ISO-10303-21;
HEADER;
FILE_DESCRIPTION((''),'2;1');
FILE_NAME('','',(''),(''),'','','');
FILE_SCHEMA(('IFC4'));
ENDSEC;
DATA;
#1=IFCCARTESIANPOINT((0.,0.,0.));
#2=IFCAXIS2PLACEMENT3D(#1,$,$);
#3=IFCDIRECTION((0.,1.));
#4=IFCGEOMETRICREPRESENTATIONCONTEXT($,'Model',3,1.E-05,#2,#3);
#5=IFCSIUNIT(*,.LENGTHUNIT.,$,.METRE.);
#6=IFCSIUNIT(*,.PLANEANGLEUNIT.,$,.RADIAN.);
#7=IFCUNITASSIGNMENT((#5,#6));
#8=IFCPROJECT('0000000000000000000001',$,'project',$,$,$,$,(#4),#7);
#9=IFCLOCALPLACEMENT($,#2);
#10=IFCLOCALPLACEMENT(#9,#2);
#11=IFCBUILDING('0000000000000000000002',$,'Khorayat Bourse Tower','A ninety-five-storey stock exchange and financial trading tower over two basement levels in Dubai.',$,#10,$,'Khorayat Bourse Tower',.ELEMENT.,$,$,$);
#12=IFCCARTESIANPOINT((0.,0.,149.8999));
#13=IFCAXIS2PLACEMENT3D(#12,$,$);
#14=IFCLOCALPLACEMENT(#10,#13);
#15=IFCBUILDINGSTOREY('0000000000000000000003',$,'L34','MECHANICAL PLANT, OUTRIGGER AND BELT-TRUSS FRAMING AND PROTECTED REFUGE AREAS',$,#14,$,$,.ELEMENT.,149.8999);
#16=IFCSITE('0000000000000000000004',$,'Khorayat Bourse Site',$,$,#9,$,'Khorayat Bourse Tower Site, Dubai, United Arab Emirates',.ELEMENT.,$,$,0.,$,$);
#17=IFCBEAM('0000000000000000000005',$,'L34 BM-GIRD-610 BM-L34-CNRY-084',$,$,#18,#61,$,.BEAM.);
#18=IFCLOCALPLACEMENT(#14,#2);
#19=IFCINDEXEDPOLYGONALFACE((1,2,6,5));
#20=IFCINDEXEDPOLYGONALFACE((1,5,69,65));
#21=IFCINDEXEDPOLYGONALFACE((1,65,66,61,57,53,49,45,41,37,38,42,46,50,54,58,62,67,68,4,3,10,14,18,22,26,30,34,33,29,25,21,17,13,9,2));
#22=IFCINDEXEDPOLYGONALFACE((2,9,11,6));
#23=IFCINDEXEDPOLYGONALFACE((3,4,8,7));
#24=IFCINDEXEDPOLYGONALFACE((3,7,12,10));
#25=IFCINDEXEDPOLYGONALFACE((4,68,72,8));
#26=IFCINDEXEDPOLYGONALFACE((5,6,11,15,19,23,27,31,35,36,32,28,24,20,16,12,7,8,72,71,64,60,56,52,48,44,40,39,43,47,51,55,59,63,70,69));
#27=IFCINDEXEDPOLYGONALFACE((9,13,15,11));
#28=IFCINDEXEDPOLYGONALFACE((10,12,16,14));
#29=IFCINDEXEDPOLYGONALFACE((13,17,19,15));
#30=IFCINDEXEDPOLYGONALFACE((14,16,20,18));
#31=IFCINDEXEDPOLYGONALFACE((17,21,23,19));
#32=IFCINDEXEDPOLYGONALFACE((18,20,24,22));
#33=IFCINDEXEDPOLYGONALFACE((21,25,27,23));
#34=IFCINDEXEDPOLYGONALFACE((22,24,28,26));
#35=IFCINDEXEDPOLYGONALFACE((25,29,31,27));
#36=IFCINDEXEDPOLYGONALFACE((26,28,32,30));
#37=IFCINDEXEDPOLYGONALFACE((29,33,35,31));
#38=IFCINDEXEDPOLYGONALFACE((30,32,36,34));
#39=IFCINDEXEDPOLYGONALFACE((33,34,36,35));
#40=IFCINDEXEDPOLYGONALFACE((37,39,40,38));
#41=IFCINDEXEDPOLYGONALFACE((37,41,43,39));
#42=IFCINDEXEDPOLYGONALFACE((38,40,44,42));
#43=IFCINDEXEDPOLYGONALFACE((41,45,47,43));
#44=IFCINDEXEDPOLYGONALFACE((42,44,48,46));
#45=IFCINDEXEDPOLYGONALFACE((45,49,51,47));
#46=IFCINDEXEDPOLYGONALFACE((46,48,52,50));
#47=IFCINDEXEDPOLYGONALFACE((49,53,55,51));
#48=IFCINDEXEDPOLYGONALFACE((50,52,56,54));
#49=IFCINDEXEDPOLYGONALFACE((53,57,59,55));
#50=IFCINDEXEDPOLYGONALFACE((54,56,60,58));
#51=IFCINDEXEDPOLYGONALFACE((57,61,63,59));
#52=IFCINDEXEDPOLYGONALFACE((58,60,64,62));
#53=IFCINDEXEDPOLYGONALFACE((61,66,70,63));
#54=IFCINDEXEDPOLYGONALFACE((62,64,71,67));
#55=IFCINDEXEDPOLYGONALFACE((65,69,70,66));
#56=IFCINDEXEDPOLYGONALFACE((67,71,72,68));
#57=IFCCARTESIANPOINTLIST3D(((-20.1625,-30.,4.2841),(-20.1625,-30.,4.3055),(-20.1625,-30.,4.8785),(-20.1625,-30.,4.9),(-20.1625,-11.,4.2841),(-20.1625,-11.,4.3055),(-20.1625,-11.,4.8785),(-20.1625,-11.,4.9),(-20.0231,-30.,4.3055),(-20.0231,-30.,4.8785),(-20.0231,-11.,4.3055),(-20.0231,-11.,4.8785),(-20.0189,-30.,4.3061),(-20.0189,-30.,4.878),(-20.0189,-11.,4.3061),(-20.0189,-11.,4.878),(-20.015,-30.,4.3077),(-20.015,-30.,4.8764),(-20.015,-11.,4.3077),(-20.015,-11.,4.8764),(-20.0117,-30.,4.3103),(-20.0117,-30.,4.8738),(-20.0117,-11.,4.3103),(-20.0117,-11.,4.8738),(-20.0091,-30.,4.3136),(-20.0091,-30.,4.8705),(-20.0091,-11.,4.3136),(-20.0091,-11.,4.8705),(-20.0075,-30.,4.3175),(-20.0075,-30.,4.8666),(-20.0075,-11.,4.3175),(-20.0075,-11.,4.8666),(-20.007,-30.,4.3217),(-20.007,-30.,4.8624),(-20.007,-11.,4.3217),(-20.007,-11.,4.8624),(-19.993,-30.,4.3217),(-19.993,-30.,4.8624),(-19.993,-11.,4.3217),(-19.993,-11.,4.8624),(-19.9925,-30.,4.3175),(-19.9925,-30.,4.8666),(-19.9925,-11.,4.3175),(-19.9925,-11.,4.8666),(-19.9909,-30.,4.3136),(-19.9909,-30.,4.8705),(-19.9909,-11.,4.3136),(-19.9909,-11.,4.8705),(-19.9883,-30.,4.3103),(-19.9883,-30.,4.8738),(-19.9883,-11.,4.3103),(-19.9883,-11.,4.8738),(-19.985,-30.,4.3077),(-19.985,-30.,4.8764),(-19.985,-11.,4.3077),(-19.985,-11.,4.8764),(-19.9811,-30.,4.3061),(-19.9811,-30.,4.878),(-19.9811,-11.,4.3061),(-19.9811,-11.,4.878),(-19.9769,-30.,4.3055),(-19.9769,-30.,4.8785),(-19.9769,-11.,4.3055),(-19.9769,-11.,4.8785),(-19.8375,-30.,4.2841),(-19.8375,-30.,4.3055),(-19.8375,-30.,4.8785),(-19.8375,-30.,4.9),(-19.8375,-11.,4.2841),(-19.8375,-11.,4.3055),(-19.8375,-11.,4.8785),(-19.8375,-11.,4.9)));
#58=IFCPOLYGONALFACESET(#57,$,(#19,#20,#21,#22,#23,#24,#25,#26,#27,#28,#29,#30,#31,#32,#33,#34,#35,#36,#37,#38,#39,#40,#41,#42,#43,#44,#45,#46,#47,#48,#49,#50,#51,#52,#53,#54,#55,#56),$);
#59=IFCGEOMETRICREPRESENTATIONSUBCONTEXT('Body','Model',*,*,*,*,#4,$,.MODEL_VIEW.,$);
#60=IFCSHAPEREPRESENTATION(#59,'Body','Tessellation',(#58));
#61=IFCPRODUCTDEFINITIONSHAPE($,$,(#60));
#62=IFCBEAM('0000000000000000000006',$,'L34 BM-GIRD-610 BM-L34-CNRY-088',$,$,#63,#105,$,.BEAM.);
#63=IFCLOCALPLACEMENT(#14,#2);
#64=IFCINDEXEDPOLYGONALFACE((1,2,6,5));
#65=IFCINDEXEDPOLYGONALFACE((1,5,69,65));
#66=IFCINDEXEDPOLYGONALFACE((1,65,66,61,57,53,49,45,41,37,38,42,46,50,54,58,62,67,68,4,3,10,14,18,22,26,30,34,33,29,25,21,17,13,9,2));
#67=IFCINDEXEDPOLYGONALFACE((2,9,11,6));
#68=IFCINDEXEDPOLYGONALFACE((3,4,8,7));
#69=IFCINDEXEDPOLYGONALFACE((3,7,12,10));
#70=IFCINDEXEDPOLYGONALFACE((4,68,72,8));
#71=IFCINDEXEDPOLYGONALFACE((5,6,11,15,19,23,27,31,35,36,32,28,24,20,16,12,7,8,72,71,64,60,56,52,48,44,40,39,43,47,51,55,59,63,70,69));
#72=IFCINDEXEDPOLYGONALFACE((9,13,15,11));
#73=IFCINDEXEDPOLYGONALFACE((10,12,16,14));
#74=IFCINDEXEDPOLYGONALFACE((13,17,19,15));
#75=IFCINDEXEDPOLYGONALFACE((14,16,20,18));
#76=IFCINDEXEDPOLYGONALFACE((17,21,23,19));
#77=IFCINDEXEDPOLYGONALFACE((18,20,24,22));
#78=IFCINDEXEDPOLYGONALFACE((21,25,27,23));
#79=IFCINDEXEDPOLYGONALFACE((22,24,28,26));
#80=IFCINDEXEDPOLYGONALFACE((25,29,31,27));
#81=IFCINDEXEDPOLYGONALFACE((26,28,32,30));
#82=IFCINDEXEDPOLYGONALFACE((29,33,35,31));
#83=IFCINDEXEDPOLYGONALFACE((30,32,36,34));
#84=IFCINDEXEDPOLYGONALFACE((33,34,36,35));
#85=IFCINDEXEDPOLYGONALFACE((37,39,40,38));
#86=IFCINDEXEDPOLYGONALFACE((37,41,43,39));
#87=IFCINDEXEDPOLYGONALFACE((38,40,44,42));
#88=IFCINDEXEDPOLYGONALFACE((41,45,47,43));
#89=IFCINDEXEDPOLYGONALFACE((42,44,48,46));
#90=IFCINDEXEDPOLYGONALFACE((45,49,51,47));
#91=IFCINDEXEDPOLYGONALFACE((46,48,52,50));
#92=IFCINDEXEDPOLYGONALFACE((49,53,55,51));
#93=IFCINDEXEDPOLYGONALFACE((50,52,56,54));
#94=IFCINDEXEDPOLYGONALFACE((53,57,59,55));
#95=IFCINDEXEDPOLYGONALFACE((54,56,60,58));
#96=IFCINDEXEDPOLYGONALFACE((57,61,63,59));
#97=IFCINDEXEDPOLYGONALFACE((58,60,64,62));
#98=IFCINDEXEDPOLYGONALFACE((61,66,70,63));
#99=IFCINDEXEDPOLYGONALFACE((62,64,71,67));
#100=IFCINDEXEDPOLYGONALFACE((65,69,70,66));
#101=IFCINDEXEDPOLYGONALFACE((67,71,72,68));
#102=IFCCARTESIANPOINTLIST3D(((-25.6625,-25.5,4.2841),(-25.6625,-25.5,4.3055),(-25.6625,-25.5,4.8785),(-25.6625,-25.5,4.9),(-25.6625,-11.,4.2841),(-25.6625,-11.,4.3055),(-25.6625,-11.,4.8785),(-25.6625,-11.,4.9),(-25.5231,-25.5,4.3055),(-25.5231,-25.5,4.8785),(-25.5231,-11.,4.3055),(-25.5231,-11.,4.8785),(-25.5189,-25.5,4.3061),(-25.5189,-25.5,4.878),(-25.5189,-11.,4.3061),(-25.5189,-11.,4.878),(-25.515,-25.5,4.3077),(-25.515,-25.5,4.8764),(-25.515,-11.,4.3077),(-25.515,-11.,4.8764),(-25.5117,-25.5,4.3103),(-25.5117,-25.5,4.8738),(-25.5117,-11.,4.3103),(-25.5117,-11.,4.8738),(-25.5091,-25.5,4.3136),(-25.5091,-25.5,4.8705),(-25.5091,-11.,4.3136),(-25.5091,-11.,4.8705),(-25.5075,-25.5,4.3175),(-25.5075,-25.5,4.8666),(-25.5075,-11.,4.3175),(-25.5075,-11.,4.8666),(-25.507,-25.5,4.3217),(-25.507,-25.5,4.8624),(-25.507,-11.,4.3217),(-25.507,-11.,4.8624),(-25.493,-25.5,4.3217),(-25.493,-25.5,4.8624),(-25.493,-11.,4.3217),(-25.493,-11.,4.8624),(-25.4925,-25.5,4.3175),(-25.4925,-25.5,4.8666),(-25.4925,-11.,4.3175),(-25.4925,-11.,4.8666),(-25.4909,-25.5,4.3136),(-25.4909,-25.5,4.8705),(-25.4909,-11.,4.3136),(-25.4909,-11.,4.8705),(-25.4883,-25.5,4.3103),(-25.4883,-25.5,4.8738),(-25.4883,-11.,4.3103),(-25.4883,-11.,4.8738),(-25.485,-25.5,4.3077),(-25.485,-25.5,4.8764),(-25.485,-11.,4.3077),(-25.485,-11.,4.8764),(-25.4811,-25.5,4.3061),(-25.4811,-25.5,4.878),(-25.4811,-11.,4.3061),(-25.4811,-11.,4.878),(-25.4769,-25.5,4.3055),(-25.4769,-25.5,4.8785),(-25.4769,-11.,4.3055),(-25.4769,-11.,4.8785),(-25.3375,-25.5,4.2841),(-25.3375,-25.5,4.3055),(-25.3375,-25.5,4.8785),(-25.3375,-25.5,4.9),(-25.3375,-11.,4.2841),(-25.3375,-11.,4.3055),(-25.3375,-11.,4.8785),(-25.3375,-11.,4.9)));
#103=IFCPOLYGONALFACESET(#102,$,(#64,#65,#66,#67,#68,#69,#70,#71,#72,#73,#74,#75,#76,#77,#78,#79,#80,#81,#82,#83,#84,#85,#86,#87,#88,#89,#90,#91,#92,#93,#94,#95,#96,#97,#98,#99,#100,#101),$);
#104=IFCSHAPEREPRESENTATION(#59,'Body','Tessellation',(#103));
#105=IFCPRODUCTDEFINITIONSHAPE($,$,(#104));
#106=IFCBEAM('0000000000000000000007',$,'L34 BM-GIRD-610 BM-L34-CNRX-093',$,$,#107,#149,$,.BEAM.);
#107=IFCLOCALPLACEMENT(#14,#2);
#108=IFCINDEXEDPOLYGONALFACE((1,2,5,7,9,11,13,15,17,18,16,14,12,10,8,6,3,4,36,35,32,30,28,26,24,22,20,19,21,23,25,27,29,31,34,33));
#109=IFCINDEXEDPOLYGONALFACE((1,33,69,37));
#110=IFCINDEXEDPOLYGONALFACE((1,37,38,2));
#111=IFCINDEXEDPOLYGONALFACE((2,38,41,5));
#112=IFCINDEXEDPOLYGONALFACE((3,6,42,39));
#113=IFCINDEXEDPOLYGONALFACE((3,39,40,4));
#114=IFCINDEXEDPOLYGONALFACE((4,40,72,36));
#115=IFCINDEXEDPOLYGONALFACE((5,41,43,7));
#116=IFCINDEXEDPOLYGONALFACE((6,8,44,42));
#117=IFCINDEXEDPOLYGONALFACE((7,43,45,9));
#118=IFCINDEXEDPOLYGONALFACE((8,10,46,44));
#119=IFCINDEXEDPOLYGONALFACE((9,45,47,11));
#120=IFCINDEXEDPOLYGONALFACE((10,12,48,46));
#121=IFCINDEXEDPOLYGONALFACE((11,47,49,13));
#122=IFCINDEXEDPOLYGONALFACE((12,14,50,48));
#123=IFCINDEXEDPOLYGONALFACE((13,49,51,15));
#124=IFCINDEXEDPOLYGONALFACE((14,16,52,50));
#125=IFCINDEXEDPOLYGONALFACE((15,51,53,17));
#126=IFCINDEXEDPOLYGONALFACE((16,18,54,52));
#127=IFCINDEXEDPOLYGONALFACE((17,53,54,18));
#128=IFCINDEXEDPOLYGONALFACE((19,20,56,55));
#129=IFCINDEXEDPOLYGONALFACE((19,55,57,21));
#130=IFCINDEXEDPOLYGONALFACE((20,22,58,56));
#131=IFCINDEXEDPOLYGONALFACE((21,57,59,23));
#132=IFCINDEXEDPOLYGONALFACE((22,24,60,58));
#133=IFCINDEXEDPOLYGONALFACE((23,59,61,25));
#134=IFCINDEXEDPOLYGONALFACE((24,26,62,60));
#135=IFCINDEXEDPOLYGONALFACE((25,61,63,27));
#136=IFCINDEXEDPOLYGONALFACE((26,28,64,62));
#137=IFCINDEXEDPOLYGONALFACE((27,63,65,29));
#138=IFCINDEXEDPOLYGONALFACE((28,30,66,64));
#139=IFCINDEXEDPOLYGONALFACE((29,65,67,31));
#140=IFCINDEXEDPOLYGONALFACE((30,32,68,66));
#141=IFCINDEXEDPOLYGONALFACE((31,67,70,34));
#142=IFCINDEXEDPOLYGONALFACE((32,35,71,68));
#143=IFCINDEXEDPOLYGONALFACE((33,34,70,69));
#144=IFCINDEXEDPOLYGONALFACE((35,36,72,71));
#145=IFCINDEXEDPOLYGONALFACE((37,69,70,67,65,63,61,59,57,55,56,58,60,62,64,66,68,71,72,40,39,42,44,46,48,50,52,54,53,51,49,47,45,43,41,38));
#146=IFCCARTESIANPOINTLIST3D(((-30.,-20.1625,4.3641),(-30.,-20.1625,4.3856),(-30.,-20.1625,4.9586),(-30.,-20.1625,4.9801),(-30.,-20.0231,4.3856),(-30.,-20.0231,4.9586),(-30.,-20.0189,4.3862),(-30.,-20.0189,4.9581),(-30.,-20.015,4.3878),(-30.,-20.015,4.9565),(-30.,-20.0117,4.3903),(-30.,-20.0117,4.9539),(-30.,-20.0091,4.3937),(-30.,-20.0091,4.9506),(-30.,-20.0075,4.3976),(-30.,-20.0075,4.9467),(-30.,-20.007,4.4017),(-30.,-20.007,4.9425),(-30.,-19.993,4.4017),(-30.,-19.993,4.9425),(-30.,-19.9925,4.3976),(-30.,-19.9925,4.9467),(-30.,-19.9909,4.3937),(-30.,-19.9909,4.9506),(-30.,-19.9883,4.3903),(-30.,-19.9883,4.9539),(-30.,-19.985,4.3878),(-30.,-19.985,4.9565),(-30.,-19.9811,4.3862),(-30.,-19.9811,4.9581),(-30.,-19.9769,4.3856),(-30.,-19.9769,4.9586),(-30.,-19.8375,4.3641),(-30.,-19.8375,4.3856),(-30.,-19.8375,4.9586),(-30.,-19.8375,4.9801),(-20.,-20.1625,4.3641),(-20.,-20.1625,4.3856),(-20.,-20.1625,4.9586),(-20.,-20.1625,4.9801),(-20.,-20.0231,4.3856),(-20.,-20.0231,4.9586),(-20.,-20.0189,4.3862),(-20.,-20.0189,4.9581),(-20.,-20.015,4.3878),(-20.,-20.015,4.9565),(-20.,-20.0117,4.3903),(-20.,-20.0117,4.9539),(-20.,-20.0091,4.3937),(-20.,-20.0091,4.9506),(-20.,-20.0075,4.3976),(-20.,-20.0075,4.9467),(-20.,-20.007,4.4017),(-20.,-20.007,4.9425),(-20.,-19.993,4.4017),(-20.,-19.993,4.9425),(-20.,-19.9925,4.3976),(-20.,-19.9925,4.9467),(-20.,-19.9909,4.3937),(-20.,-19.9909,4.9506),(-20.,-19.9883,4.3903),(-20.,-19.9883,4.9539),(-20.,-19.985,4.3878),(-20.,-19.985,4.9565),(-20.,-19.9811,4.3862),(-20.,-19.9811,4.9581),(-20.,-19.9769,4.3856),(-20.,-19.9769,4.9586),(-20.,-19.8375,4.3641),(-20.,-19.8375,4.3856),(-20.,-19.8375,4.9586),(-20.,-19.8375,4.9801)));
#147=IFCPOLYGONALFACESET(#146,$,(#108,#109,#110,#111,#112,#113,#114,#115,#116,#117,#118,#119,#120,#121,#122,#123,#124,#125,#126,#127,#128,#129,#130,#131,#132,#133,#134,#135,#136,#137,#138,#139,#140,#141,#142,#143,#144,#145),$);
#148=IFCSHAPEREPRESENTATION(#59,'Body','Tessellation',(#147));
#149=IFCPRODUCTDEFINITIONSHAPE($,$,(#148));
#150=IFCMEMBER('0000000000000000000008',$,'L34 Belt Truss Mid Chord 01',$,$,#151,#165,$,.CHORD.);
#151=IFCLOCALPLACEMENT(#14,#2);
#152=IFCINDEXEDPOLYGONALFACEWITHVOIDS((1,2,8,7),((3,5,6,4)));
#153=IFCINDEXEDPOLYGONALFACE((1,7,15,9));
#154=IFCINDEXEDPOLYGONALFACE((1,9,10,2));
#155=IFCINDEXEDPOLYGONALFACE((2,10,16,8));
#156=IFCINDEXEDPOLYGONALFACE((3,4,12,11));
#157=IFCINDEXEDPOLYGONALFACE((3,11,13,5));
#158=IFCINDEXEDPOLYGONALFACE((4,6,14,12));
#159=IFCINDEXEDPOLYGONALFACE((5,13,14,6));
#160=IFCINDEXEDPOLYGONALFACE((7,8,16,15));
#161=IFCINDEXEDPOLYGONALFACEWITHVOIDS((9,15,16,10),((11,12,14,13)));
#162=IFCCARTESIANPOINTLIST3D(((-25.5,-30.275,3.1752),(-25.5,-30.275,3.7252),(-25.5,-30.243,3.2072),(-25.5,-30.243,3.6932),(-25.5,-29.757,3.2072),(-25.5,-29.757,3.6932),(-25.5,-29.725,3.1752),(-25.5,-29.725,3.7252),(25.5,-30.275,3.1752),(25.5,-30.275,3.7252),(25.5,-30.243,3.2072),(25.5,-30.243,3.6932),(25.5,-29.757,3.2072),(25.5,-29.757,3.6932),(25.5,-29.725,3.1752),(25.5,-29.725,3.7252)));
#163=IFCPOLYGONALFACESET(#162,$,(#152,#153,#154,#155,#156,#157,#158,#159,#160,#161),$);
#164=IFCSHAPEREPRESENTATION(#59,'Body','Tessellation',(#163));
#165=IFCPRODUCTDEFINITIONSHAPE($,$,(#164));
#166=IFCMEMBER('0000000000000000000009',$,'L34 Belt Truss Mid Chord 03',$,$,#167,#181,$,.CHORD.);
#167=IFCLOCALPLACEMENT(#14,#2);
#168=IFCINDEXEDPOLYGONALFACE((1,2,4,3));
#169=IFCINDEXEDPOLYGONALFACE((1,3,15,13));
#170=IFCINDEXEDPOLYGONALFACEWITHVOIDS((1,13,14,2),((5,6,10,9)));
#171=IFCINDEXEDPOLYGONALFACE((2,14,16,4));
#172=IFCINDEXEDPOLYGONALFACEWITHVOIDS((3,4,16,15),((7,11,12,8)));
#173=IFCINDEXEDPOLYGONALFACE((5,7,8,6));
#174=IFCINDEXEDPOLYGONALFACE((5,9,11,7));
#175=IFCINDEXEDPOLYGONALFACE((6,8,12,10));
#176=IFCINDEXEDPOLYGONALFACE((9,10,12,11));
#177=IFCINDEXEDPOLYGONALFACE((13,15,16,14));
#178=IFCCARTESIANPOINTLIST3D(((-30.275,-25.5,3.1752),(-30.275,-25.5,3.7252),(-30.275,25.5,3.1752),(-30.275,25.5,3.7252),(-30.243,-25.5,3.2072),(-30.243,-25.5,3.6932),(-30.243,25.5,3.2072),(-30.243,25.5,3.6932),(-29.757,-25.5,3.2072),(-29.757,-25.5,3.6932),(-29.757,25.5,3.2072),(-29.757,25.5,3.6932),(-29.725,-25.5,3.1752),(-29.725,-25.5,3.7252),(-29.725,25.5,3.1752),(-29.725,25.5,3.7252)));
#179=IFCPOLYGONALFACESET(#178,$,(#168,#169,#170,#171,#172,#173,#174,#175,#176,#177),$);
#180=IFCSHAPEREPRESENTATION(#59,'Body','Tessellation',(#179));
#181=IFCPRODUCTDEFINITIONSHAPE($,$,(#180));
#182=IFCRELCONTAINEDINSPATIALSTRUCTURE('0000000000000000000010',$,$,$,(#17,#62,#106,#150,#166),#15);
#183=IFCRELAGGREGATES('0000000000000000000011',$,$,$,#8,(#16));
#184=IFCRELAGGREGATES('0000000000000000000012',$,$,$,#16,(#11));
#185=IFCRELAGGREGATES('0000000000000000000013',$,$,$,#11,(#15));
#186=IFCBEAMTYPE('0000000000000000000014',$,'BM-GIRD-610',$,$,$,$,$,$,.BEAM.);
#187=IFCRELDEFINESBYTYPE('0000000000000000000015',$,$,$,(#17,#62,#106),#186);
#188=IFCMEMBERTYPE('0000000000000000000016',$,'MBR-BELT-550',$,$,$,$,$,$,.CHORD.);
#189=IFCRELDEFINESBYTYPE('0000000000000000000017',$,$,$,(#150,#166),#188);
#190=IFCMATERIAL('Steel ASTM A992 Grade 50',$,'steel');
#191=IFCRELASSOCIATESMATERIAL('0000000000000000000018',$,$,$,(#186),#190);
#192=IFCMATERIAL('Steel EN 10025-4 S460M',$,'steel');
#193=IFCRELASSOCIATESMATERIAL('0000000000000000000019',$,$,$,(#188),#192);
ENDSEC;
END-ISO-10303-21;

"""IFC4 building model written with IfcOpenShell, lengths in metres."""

from ifc_helpers import new_model, si_unit, direction, frame, origin, origin_2d, place, context, subcontext, project, spatial, hollow_rectangle, i_section, extrude, source, transform, mapped, material, material_profile, profile_set, type_object, element, save


model = new_model("IFC4")

# Units and contexts
model_context = context("Model", 3, precision=1e-05, world=origin(), true_north=direction((0.0, 1.0)))
body_context = subcontext(model_context, "Body", "Model", "MODEL_VIEW")
ifc_project = project(units=[si_unit("LENGTHUNIT", "METRE"), si_unit("PLANEANGLEUNIT", "RADIAN")], contexts=[model_context])

# Site, building, storey
site_placement = place(None, origin())
site = spatial("IfcSite", under=ifc_project, at=site_placement, Name="Khorayat Bourse Site", LongName="Khorayat Bourse Tower Site, Dubai, United Arab Emirates", CompositionType="ELEMENT", RefElevation=0.0)
building_placement = place(site_placement, origin())
building = spatial("IfcBuilding", under=site, at=building_placement, Name="Khorayat Bourse Tower", Description="A ninety-five-storey stock exchange and financial trading tower over two basement levels in Dubai.", LongName="Khorayat Bourse Tower", CompositionType="ELEMENT")
storey_placement = place(building_placement, frame((0.0, 0.0, 149.8999)))
storey = spatial("IfcBuildingStorey", under=building, at=storey_placement, Name="L34", Description="MECHANICAL PLANT, OUTRIGGER AND BELT-TRUSS FRAMING AND PROTECTED REFUGE AREAS", CompositionType="ELEMENT", Elevation=149.8999)

# Shared definitions
ifc_material_1 = material(Name="Steel EN 10025-4 S460M", Category="steel")

# Beams
ifc_material_2 = material(Name="Steel ASTM A992 Grade 50", Category="steel")
ifc_material_profile_1 = material_profile(ifc_material_2, i_section(OverallWidth=0.325, OverallDepth=0.616, WebThickness=0.0139, FlangeThickness=0.0215, FilletRadius=0.0161, at=origin_2d()), Name="W610X174")
ifc_profile_set_1 = profile_set([ifc_material_profile_1], Name="Steel ASTM A992 Grade 50")
beam_type_1 = type_object("IfcBeamType", Name="BM-GIRD-610", PredefinedType="BEAM", material=ifc_profile_set_1)
shared_shape_1 = source(origin(), body_context, "Body", "SweptSolid", [
    extrude(i_section(OverallWidth=0.325, OverallDepth=0.616, WebThickness=0.0139, FlangeThickness=0.0215, FilletRadius=0.0161, at=origin_2d()), origin(), (0.0, 0.0, 1.0), 19.0),
])
beam_1_placement = place(storey_placement, frame((-20.0, -30.0, 4.592), z_axis=(0.0, 1.0, 0.0), x_axis=(-1.0, 0.0, 0.0)))
element("IfcBeam", 1, at=beam_1_placement, inside=storey, type_object=beam_type_1, Name="L34 BM-GIRD-610 BM-L34-CNRY-084", PredefinedType="BEAM", context=body_context, shape_type="MappedRepresentation", body=[
    mapped(shared_shape_1, transform((0.0, 0.0, 0.0), scale=1.0)),
])
shared_shape_2 = source(origin(), body_context, "Body", "SweptSolid", [
    extrude(i_section(OverallWidth=0.325, OverallDepth=0.616, WebThickness=0.0139, FlangeThickness=0.0215, FilletRadius=0.0161, at=origin_2d()), origin(), (0.0, 0.0, 1.0), 14.5),
])
beam_2_placement = place(storey_placement, frame((-25.5, -25.5, 4.592), z_axis=(0.0, 1.0, 0.0), x_axis=(-1.0, 0.0, 0.0)))
element("IfcBeam", 2, at=beam_2_placement, inside=storey, type_object=beam_type_1, Name="L34 BM-GIRD-610 BM-L34-CNRY-088", PredefinedType="BEAM", context=body_context, shape_type="MappedRepresentation", body=[
    mapped(shared_shape_2, transform((0.0, 0.0, 0.0), scale=1.0)),
])
shared_shape_3 = source(origin(), body_context, "Body", "SweptSolid", [
    extrude(i_section(OverallWidth=0.325, OverallDepth=0.616, WebThickness=0.0139, FlangeThickness=0.0215, FilletRadius=0.0161, at=origin_2d()), origin(), (0.0, 0.0, 1.0), 10.0),
])
beam_3_placement = place(storey_placement, frame((-30.0, -20.0, 4.6721), z_axis=(1.0, 0.0, 0.0), x_axis=(0.0, 1.0, 0.0)))
element("IfcBeam", 3, at=beam_3_placement, inside=storey, type_object=beam_type_1, Name="L34 BM-GIRD-610 BM-L34-CNRX-093", PredefinedType="BEAM", context=body_context, shape_type="MappedRepresentation", body=[
    mapped(shared_shape_3, transform((0.0, 0.0, 0.0), scale=1.0)),
])

# Members
ifc_material_profile_2 = material_profile(ifc_material_1, hollow_rectangle(XDim=0.55, YDim=0.55, WallThickness=0.032, at=origin_2d()), Name="HSS 550x550x32")
ifc_profile_set_2 = profile_set([ifc_material_profile_2], Name="Steel EN 10025-4 S460M")
member_type = type_object("IfcMemberType", Name="MBR-BELT-550", PredefinedType="CHORD", material=ifc_profile_set_2)
shared_shape_4 = source(origin(), body_context, "Body", "SweptSolid", [
    extrude(hollow_rectangle(XDim=0.55, YDim=0.55, WallThickness=0.032, at=origin_2d()), origin(), (0.0, 0.0, 1.0), 51.0),
])
for number, where, z_axis, x_axis, name in (
    (4, (-25.5, -30.0, 3.4502), (1.0, 0.0, 0.0), (0.0, 1.0, 0.0), "L34 Belt Truss Mid Chord 01"),
    (5, (-30.0, -25.5, 3.4502), (0.0, 1.0, 0.0), (-1.0, 0.0, 0.0), "L34 Belt Truss Mid Chord 03"),
):
    element("IfcMember", number, at=place(storey_placement, frame(where, z_axis=z_axis, x_axis=x_axis)), inside=storey, type_object=member_type, Name=name, PredefinedType="CHORD", context=body_context, shape_type="MappedRepresentation", body=[
        mapped(shared_shape_4, transform((0.0, 0.0, 0.0), scale=1.0)),
    ])

save(model, "model.ifc")
